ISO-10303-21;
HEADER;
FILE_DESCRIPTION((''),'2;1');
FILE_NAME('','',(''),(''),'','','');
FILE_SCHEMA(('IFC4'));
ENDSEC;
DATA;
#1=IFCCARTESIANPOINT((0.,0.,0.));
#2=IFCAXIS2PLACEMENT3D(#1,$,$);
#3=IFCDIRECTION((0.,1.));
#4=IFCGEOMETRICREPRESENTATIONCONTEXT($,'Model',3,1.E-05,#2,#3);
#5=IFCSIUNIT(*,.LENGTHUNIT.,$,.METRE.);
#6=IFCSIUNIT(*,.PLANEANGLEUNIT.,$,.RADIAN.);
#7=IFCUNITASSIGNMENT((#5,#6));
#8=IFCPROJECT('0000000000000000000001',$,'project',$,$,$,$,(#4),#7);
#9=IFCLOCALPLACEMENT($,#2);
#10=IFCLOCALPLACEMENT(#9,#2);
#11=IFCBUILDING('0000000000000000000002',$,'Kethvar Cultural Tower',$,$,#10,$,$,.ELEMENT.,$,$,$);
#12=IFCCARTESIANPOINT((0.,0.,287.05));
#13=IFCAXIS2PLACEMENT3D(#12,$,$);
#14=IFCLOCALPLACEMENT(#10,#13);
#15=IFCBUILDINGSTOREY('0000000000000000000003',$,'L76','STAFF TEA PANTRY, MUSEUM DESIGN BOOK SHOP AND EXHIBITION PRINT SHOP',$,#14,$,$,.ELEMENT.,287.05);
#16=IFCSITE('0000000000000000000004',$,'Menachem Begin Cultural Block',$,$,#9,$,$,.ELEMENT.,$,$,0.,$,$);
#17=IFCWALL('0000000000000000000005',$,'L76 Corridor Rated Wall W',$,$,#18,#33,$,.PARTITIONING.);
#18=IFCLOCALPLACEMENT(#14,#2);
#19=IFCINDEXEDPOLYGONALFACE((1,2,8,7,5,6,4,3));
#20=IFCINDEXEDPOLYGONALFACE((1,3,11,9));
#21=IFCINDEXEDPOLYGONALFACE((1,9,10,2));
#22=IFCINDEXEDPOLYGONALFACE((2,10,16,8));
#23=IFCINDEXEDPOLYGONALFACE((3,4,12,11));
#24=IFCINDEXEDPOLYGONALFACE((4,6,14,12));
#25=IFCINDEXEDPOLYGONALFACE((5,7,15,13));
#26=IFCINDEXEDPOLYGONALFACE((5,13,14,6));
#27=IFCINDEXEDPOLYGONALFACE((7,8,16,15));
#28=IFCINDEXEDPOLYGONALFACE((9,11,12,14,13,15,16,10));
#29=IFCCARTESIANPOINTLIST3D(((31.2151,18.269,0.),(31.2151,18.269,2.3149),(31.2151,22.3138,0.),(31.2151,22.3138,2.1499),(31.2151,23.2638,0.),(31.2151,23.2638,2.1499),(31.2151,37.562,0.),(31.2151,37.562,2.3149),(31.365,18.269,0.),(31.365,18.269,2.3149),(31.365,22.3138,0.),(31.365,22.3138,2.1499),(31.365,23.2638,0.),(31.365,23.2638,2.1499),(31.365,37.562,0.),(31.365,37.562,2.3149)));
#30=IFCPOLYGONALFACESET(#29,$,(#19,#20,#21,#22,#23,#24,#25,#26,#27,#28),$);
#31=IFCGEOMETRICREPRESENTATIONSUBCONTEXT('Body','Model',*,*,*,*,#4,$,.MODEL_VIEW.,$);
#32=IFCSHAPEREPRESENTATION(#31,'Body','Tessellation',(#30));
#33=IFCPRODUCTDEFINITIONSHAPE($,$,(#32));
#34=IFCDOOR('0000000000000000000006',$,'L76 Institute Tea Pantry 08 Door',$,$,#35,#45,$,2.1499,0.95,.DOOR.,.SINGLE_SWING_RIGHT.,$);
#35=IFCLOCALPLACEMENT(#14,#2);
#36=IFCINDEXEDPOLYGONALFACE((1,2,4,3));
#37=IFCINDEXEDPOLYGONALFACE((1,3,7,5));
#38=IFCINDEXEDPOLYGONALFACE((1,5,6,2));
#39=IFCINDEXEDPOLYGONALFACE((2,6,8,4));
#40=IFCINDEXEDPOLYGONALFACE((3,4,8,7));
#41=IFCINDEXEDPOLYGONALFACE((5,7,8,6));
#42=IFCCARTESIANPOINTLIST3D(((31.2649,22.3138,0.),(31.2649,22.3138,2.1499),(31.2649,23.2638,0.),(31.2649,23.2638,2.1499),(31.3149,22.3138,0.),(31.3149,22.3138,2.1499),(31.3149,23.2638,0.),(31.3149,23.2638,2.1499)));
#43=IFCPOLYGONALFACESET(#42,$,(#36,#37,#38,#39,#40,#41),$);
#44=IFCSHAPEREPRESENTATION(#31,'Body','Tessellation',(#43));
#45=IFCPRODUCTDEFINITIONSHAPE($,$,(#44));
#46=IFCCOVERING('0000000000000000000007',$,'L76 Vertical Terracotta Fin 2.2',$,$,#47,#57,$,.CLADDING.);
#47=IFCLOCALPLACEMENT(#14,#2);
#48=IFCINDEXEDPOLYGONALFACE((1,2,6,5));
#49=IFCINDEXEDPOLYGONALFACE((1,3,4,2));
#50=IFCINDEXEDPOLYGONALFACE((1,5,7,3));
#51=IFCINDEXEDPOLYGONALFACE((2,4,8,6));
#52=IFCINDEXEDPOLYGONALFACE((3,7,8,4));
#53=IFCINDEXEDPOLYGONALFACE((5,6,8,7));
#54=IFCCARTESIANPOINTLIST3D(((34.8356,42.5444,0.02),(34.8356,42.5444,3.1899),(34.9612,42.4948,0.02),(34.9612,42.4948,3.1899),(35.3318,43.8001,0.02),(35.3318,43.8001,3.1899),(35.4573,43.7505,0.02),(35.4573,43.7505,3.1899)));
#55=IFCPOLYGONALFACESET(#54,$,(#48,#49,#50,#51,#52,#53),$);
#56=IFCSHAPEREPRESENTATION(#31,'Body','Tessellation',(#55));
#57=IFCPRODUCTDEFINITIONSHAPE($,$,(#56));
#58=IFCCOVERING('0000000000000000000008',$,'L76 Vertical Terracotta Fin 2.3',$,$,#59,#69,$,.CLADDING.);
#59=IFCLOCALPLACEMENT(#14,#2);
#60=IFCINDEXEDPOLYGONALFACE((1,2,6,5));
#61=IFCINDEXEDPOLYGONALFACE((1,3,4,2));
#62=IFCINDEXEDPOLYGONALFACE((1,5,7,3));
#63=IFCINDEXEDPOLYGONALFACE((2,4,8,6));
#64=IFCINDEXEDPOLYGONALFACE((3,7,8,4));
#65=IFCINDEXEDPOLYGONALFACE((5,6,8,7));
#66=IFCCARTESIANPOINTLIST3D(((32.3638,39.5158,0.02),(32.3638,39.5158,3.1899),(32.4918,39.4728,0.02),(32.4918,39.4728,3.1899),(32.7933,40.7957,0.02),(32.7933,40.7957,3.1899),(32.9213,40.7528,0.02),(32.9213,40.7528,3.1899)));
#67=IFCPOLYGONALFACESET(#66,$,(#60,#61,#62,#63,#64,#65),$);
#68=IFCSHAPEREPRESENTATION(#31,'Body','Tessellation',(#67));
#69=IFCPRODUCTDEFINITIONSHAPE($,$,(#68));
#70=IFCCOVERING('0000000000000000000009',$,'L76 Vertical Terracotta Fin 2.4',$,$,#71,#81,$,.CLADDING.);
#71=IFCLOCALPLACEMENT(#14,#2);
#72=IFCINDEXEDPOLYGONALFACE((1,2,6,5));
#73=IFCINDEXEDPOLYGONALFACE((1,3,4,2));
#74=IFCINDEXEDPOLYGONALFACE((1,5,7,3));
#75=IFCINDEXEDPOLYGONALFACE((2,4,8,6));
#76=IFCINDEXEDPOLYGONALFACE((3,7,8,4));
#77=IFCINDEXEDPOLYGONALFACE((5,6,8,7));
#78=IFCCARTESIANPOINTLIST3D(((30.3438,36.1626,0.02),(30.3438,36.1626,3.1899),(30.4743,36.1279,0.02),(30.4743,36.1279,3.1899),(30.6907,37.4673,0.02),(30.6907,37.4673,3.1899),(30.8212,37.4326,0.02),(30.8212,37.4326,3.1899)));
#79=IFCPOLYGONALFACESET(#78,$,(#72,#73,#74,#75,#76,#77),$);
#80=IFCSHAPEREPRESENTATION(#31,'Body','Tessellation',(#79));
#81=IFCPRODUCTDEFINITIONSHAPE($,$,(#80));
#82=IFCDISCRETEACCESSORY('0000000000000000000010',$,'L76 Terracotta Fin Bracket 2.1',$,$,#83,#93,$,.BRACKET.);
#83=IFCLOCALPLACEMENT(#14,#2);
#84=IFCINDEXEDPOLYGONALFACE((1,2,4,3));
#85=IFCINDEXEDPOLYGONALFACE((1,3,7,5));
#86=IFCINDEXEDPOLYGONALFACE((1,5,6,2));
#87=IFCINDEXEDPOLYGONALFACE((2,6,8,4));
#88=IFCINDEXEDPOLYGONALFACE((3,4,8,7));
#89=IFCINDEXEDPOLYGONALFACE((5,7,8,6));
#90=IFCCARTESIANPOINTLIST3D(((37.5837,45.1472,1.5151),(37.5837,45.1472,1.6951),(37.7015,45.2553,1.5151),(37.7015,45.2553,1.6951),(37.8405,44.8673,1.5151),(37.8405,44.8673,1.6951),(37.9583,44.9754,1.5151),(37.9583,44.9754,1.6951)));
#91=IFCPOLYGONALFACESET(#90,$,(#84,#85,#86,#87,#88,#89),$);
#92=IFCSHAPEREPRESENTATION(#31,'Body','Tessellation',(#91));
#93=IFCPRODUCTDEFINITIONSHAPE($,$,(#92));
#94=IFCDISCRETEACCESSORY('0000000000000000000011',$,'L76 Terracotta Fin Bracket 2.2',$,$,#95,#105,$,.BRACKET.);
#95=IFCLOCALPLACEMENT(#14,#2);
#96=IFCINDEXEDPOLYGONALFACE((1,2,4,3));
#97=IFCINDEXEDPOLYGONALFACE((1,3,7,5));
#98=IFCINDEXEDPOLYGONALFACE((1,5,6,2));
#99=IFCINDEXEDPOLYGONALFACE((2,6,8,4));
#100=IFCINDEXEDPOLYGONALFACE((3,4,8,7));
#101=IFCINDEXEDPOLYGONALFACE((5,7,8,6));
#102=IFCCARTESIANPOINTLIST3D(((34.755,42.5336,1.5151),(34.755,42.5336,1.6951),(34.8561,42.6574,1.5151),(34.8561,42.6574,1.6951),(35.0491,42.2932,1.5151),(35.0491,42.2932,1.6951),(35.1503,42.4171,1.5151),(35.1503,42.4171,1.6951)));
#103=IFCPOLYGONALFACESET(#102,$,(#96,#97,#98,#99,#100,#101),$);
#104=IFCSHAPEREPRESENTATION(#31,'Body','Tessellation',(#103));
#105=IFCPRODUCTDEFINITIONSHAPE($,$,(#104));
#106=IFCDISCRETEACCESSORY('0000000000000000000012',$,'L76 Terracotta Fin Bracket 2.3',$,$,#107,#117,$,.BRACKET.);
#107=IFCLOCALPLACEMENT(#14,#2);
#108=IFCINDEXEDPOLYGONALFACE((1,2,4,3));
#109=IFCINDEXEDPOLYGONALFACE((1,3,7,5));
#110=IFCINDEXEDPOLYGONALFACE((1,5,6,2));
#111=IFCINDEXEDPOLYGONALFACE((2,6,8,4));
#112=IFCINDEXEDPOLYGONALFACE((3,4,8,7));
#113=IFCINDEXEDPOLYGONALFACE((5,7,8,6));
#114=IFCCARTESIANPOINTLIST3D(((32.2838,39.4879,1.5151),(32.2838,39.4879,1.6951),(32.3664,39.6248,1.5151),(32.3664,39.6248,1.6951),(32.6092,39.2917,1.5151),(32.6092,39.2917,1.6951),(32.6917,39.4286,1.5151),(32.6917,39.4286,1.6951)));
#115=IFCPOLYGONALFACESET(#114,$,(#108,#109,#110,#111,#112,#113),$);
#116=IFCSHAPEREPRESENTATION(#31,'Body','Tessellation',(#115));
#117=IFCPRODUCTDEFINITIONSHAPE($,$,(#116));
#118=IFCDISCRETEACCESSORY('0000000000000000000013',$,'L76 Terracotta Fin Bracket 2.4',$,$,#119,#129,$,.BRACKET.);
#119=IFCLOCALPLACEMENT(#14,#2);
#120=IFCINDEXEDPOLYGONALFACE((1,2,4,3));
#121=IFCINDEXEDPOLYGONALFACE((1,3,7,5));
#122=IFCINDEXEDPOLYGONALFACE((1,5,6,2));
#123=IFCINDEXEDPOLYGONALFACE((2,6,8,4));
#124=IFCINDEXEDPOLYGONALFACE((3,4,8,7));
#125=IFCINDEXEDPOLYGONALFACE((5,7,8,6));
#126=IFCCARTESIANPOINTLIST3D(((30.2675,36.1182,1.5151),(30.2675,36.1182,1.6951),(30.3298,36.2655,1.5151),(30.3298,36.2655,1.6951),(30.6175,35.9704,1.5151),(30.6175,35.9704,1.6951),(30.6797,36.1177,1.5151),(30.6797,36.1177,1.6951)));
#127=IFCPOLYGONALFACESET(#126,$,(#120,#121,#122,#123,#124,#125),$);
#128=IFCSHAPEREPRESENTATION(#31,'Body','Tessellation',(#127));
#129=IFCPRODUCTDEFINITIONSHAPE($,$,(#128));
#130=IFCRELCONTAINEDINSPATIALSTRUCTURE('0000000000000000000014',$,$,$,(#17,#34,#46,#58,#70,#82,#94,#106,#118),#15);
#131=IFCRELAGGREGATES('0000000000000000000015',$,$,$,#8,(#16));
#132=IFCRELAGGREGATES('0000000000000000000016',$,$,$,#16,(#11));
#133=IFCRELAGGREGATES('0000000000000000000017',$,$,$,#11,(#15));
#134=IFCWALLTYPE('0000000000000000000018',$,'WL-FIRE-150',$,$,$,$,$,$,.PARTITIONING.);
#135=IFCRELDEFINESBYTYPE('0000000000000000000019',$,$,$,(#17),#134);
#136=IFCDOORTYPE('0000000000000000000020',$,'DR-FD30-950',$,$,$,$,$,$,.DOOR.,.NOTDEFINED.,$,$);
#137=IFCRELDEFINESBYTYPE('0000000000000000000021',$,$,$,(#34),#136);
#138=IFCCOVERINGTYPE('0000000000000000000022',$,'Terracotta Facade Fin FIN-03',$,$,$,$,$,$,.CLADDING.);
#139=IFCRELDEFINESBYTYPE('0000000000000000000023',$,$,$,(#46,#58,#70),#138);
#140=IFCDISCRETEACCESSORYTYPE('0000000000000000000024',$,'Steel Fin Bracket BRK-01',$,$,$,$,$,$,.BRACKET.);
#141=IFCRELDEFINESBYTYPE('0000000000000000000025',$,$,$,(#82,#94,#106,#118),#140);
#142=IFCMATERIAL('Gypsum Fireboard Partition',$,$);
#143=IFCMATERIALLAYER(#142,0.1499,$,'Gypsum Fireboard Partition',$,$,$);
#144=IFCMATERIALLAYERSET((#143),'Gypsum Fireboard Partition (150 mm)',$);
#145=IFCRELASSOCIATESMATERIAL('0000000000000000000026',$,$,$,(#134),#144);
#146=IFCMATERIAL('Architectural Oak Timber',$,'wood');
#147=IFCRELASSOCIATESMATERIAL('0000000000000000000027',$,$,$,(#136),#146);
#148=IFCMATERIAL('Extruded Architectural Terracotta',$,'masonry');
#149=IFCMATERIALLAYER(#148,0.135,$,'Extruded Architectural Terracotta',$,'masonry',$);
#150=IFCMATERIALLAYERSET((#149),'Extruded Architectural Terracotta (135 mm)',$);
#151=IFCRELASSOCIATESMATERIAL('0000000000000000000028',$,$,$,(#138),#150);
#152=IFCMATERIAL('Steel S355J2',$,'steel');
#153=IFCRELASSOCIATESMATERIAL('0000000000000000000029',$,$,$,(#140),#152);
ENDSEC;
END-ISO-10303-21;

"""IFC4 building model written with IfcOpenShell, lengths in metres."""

from ifc_helpers import new_model, si_unit, direction, frame, frame_2d, origin, origin_2d, place, context, subcontext, project, spatial, rectangle, extrude, source, transform, mapped, material, layer, layer_set, type_object, element, fill, save


model = new_model("IFC4")

# Units and contexts
model_context = context("Model", 3, precision=1e-05, world=origin(), true_north=direction((0.0, 1.0)))
body_context = subcontext(model_context, "Body", "Model", "MODEL_VIEW")
ifc_project = project(units=[si_unit("LENGTHUNIT", "METRE"), si_unit("PLANEANGLEUNIT", "RADIAN")], contexts=[model_context])

# Site, building, storey
site_placement = place(None, origin())
site = spatial("IfcSite", under=ifc_project, at=site_placement, Name="Menachem Begin Cultural Block", CompositionType="ELEMENT", RefElevation=0.0)
building_placement = place(site_placement, origin())
building = spatial("IfcBuilding", under=site, at=building_placement, Name="Kethvar Cultural Tower", CompositionType="ELEMENT")
storey_placement = place(building_placement, frame((0.0, 0.0, 287.05)))
storey = spatial("IfcBuildingStorey", under=building, at=storey_placement, Name="L76", Description="STAFF TEA PANTRY, MUSEUM DESIGN BOOK SHOP AND EXHIBITION PRINT SHOP", CompositionType="ELEMENT", Elevation=287.05)

# Shared definitions
ifc_material_1 = material(Name="Steel S355J2", Category="steel")

# Wall, opening, door
ifc_material_2 = material(Name="Gypsum Fireboard Partition")
ifc_layer_1 = layer(ifc_material_2, 0.1499, Name="Gypsum Fireboard Partition")
ifc_layer_set_1 = layer_set([ifc_layer_1], Name="Gypsum Fireboard Partition (150 mm)")
wall_type = type_object("IfcWallType", Name="WL-FIRE-150", PredefinedType="PARTITIONING", material=ifc_layer_set_1)
wall_placement = place(storey_placement, frame((31.29, 37.562, 0.0), z_axis=(0.0, 0.0, 1.0), x_axis=(0.0, -1.0, 0.0)))
wall = element("IfcWall", 1, at=wall_placement, inside=storey, type_object=wall_type, Name="L76 Corridor Rated Wall W", PredefinedType="PARTITIONING", context=body_context, shape_type="SweptSolid", body=[
    extrude(rectangle(XDim=19.293, YDim=0.1499, at=frame_2d((9.6465, 0.0))), origin(), (0.0, 0.0, 1.0), 2.3149),
])
opening_placement = place(wall_placement, frame((14.2981, 0.0, 0.0)))
opening = element("IfcOpeningElement", 2, at=opening_placement, cuts=wall, PredefinedType="OPENING", context=body_context, shape_type="SweptSolid", body=[
    extrude(rectangle(XDim=0.95, YDim=2.1499, at=frame_2d((0.4751, 1.075))), frame((0.0, 0.085, 0.0), z_axis=(0.0, -1.0, 0.0), x_axis=(1.0, 0.0, 0.0)), (0.0, 0.0, 1.0), 0.1699),
])
ifc_material_3 = material(Name="Architectural Oak Timber", Category="wood")
door_type = type_object("IfcDoorType", Name="DR-FD30-950", OperationType="NOTDEFINED", PredefinedType="DOOR", material=ifc_material_3)
shared_shape_1 = source(origin(), body_context, "Body", "SweptSolid", [
    extrude(rectangle(XDim=0.95, YDim=2.1499, at=frame_2d((0.4751, 1.075))), frame((0.0, 0.0249, 0.0), z_axis=(0.0, -1.0, 0.0), x_axis=(1.0, 0.0, 0.0)), (0.0, 0.0, 1.0), 0.05),
])
door_placement = place(opening_placement, origin())
door = element("IfcDoor", 3, at=door_placement, inside=storey, type_object=door_type, Name="L76 Institute Tea Pantry 08 Door", OperationType="SINGLE_SWING_RIGHT", OverallHeight=2.1499, OverallWidth=0.95, PredefinedType="DOOR", context=body_context, shape_type="MappedRepresentation", body=[
    mapped(shared_shape_1, transform((0.0, 0.0, 0.0), scale=1.0)),
])
fill(opening, door)

# Coverings
ifc_material_4 = material(Name="Extruded Architectural Terracotta", Category="masonry")
ifc_layer_2 = layer(ifc_material_4, 0.135, Name="Extruded Architectural Terracotta", Category="masonry")
ifc_layer_set_2 = layer_set([ifc_layer_2], Name="Extruded Architectural Terracotta (135 mm)")
covering_type = type_object("IfcCoveringType", Name="Terracotta Facade Fin FIN-03", PredefinedType="CLADDING", material=ifc_layer_set_2)
shared_shape_2 = source(origin(), body_context, "Body", "SweptSolid", [
    extrude(rectangle(XDim=1.3501, YDim=0.135, at=origin_2d()), origin(), (0.0, 0.0, 1.0), 3.1699),
])
for number, where, z_axis, x_axis, name in (
    (4, (35.1465, 43.1475, 0.02), (0.0, 0.0, 1.0), (0.367475, 0.930033, 0.0), "L76 Vertical Terracotta Fin 2.2"),
    (5, (32.6426, 40.1343, 0.02), (0.0, 0.0, 1.0), (0.318132, 0.948046, 0.0), "L76 Vertical Terracotta Fin 2.3"),
    (6, (30.5825, 36.7976, 0.02), (0.0, 0.0, 1.0), (0.256964, 0.966421, 0.0), "L76 Vertical Terracotta Fin 2.4"),
):
    element("IfcCovering", number, at=place(storey_placement, frame(where, z_axis=z_axis, x_axis=x_axis)), inside=storey, type_object=covering_type, Name=name, PredefinedType="CLADDING", context=body_context, shape_type="MappedRepresentation", body=[
        mapped(shared_shape_2, transform((0.0, 0.0, 0.0), scale=1.0)),
    ])

# Discrete accessories
discrete_accessory_type = type_object("IfcDiscreteAccessoryType", Name="Steel Fin Bracket BRK-01", PredefinedType="BRACKET", material=ifc_material_1)
shared_shape_3 = source(origin(), body_context, "Body", "SweptSolid", [
    extrude(rectangle(XDim=0.3799, YDim=0.1599, at=origin_2d()), origin(), (0.0, 0.0, 1.0), 0.1799),
])
for number, where, z_axis, x_axis, name in (
    (7, (37.771, 45.0613, 1.5151), (0.0, 0.0, 1.0), (-0.676105, 0.736806, 0.0), "L76 Terracotta Fin Bracket 2.1"),
    (8, (34.9526, 42.4753, 1.5151), (0.0, 0.0, 1.0), (-0.774393, 0.632705, 0.0), "L76 Terracotta Fin Bracket 2.2"),
    (9, (32.4878, 39.4583, 1.5151), (0.0, 0.0, 1.0), (-0.856357, 0.516384, 0.0), "L76 Terracotta Fin Bracket 2.3"),
    (10, (30.4736, 36.1179, 1.5151), (0.0, 0.0, 1.0), (-0.921185, 0.389124, 0.0), "L76 Terracotta Fin Bracket 2.4"),
):
    element("IfcDiscreteAccessory", number, at=place(storey_placement, frame(where, z_axis=z_axis, x_axis=x_axis)), inside=storey, type_object=discrete_accessory_type, Name=name, PredefinedType="BRACKET", context=body_context, shape_type="MappedRepresentation", body=[
        mapped(shared_shape_3, transform((0.0, 0.0, 0.0), scale=1.0)),
    ])

save(model, "model.ifc")
